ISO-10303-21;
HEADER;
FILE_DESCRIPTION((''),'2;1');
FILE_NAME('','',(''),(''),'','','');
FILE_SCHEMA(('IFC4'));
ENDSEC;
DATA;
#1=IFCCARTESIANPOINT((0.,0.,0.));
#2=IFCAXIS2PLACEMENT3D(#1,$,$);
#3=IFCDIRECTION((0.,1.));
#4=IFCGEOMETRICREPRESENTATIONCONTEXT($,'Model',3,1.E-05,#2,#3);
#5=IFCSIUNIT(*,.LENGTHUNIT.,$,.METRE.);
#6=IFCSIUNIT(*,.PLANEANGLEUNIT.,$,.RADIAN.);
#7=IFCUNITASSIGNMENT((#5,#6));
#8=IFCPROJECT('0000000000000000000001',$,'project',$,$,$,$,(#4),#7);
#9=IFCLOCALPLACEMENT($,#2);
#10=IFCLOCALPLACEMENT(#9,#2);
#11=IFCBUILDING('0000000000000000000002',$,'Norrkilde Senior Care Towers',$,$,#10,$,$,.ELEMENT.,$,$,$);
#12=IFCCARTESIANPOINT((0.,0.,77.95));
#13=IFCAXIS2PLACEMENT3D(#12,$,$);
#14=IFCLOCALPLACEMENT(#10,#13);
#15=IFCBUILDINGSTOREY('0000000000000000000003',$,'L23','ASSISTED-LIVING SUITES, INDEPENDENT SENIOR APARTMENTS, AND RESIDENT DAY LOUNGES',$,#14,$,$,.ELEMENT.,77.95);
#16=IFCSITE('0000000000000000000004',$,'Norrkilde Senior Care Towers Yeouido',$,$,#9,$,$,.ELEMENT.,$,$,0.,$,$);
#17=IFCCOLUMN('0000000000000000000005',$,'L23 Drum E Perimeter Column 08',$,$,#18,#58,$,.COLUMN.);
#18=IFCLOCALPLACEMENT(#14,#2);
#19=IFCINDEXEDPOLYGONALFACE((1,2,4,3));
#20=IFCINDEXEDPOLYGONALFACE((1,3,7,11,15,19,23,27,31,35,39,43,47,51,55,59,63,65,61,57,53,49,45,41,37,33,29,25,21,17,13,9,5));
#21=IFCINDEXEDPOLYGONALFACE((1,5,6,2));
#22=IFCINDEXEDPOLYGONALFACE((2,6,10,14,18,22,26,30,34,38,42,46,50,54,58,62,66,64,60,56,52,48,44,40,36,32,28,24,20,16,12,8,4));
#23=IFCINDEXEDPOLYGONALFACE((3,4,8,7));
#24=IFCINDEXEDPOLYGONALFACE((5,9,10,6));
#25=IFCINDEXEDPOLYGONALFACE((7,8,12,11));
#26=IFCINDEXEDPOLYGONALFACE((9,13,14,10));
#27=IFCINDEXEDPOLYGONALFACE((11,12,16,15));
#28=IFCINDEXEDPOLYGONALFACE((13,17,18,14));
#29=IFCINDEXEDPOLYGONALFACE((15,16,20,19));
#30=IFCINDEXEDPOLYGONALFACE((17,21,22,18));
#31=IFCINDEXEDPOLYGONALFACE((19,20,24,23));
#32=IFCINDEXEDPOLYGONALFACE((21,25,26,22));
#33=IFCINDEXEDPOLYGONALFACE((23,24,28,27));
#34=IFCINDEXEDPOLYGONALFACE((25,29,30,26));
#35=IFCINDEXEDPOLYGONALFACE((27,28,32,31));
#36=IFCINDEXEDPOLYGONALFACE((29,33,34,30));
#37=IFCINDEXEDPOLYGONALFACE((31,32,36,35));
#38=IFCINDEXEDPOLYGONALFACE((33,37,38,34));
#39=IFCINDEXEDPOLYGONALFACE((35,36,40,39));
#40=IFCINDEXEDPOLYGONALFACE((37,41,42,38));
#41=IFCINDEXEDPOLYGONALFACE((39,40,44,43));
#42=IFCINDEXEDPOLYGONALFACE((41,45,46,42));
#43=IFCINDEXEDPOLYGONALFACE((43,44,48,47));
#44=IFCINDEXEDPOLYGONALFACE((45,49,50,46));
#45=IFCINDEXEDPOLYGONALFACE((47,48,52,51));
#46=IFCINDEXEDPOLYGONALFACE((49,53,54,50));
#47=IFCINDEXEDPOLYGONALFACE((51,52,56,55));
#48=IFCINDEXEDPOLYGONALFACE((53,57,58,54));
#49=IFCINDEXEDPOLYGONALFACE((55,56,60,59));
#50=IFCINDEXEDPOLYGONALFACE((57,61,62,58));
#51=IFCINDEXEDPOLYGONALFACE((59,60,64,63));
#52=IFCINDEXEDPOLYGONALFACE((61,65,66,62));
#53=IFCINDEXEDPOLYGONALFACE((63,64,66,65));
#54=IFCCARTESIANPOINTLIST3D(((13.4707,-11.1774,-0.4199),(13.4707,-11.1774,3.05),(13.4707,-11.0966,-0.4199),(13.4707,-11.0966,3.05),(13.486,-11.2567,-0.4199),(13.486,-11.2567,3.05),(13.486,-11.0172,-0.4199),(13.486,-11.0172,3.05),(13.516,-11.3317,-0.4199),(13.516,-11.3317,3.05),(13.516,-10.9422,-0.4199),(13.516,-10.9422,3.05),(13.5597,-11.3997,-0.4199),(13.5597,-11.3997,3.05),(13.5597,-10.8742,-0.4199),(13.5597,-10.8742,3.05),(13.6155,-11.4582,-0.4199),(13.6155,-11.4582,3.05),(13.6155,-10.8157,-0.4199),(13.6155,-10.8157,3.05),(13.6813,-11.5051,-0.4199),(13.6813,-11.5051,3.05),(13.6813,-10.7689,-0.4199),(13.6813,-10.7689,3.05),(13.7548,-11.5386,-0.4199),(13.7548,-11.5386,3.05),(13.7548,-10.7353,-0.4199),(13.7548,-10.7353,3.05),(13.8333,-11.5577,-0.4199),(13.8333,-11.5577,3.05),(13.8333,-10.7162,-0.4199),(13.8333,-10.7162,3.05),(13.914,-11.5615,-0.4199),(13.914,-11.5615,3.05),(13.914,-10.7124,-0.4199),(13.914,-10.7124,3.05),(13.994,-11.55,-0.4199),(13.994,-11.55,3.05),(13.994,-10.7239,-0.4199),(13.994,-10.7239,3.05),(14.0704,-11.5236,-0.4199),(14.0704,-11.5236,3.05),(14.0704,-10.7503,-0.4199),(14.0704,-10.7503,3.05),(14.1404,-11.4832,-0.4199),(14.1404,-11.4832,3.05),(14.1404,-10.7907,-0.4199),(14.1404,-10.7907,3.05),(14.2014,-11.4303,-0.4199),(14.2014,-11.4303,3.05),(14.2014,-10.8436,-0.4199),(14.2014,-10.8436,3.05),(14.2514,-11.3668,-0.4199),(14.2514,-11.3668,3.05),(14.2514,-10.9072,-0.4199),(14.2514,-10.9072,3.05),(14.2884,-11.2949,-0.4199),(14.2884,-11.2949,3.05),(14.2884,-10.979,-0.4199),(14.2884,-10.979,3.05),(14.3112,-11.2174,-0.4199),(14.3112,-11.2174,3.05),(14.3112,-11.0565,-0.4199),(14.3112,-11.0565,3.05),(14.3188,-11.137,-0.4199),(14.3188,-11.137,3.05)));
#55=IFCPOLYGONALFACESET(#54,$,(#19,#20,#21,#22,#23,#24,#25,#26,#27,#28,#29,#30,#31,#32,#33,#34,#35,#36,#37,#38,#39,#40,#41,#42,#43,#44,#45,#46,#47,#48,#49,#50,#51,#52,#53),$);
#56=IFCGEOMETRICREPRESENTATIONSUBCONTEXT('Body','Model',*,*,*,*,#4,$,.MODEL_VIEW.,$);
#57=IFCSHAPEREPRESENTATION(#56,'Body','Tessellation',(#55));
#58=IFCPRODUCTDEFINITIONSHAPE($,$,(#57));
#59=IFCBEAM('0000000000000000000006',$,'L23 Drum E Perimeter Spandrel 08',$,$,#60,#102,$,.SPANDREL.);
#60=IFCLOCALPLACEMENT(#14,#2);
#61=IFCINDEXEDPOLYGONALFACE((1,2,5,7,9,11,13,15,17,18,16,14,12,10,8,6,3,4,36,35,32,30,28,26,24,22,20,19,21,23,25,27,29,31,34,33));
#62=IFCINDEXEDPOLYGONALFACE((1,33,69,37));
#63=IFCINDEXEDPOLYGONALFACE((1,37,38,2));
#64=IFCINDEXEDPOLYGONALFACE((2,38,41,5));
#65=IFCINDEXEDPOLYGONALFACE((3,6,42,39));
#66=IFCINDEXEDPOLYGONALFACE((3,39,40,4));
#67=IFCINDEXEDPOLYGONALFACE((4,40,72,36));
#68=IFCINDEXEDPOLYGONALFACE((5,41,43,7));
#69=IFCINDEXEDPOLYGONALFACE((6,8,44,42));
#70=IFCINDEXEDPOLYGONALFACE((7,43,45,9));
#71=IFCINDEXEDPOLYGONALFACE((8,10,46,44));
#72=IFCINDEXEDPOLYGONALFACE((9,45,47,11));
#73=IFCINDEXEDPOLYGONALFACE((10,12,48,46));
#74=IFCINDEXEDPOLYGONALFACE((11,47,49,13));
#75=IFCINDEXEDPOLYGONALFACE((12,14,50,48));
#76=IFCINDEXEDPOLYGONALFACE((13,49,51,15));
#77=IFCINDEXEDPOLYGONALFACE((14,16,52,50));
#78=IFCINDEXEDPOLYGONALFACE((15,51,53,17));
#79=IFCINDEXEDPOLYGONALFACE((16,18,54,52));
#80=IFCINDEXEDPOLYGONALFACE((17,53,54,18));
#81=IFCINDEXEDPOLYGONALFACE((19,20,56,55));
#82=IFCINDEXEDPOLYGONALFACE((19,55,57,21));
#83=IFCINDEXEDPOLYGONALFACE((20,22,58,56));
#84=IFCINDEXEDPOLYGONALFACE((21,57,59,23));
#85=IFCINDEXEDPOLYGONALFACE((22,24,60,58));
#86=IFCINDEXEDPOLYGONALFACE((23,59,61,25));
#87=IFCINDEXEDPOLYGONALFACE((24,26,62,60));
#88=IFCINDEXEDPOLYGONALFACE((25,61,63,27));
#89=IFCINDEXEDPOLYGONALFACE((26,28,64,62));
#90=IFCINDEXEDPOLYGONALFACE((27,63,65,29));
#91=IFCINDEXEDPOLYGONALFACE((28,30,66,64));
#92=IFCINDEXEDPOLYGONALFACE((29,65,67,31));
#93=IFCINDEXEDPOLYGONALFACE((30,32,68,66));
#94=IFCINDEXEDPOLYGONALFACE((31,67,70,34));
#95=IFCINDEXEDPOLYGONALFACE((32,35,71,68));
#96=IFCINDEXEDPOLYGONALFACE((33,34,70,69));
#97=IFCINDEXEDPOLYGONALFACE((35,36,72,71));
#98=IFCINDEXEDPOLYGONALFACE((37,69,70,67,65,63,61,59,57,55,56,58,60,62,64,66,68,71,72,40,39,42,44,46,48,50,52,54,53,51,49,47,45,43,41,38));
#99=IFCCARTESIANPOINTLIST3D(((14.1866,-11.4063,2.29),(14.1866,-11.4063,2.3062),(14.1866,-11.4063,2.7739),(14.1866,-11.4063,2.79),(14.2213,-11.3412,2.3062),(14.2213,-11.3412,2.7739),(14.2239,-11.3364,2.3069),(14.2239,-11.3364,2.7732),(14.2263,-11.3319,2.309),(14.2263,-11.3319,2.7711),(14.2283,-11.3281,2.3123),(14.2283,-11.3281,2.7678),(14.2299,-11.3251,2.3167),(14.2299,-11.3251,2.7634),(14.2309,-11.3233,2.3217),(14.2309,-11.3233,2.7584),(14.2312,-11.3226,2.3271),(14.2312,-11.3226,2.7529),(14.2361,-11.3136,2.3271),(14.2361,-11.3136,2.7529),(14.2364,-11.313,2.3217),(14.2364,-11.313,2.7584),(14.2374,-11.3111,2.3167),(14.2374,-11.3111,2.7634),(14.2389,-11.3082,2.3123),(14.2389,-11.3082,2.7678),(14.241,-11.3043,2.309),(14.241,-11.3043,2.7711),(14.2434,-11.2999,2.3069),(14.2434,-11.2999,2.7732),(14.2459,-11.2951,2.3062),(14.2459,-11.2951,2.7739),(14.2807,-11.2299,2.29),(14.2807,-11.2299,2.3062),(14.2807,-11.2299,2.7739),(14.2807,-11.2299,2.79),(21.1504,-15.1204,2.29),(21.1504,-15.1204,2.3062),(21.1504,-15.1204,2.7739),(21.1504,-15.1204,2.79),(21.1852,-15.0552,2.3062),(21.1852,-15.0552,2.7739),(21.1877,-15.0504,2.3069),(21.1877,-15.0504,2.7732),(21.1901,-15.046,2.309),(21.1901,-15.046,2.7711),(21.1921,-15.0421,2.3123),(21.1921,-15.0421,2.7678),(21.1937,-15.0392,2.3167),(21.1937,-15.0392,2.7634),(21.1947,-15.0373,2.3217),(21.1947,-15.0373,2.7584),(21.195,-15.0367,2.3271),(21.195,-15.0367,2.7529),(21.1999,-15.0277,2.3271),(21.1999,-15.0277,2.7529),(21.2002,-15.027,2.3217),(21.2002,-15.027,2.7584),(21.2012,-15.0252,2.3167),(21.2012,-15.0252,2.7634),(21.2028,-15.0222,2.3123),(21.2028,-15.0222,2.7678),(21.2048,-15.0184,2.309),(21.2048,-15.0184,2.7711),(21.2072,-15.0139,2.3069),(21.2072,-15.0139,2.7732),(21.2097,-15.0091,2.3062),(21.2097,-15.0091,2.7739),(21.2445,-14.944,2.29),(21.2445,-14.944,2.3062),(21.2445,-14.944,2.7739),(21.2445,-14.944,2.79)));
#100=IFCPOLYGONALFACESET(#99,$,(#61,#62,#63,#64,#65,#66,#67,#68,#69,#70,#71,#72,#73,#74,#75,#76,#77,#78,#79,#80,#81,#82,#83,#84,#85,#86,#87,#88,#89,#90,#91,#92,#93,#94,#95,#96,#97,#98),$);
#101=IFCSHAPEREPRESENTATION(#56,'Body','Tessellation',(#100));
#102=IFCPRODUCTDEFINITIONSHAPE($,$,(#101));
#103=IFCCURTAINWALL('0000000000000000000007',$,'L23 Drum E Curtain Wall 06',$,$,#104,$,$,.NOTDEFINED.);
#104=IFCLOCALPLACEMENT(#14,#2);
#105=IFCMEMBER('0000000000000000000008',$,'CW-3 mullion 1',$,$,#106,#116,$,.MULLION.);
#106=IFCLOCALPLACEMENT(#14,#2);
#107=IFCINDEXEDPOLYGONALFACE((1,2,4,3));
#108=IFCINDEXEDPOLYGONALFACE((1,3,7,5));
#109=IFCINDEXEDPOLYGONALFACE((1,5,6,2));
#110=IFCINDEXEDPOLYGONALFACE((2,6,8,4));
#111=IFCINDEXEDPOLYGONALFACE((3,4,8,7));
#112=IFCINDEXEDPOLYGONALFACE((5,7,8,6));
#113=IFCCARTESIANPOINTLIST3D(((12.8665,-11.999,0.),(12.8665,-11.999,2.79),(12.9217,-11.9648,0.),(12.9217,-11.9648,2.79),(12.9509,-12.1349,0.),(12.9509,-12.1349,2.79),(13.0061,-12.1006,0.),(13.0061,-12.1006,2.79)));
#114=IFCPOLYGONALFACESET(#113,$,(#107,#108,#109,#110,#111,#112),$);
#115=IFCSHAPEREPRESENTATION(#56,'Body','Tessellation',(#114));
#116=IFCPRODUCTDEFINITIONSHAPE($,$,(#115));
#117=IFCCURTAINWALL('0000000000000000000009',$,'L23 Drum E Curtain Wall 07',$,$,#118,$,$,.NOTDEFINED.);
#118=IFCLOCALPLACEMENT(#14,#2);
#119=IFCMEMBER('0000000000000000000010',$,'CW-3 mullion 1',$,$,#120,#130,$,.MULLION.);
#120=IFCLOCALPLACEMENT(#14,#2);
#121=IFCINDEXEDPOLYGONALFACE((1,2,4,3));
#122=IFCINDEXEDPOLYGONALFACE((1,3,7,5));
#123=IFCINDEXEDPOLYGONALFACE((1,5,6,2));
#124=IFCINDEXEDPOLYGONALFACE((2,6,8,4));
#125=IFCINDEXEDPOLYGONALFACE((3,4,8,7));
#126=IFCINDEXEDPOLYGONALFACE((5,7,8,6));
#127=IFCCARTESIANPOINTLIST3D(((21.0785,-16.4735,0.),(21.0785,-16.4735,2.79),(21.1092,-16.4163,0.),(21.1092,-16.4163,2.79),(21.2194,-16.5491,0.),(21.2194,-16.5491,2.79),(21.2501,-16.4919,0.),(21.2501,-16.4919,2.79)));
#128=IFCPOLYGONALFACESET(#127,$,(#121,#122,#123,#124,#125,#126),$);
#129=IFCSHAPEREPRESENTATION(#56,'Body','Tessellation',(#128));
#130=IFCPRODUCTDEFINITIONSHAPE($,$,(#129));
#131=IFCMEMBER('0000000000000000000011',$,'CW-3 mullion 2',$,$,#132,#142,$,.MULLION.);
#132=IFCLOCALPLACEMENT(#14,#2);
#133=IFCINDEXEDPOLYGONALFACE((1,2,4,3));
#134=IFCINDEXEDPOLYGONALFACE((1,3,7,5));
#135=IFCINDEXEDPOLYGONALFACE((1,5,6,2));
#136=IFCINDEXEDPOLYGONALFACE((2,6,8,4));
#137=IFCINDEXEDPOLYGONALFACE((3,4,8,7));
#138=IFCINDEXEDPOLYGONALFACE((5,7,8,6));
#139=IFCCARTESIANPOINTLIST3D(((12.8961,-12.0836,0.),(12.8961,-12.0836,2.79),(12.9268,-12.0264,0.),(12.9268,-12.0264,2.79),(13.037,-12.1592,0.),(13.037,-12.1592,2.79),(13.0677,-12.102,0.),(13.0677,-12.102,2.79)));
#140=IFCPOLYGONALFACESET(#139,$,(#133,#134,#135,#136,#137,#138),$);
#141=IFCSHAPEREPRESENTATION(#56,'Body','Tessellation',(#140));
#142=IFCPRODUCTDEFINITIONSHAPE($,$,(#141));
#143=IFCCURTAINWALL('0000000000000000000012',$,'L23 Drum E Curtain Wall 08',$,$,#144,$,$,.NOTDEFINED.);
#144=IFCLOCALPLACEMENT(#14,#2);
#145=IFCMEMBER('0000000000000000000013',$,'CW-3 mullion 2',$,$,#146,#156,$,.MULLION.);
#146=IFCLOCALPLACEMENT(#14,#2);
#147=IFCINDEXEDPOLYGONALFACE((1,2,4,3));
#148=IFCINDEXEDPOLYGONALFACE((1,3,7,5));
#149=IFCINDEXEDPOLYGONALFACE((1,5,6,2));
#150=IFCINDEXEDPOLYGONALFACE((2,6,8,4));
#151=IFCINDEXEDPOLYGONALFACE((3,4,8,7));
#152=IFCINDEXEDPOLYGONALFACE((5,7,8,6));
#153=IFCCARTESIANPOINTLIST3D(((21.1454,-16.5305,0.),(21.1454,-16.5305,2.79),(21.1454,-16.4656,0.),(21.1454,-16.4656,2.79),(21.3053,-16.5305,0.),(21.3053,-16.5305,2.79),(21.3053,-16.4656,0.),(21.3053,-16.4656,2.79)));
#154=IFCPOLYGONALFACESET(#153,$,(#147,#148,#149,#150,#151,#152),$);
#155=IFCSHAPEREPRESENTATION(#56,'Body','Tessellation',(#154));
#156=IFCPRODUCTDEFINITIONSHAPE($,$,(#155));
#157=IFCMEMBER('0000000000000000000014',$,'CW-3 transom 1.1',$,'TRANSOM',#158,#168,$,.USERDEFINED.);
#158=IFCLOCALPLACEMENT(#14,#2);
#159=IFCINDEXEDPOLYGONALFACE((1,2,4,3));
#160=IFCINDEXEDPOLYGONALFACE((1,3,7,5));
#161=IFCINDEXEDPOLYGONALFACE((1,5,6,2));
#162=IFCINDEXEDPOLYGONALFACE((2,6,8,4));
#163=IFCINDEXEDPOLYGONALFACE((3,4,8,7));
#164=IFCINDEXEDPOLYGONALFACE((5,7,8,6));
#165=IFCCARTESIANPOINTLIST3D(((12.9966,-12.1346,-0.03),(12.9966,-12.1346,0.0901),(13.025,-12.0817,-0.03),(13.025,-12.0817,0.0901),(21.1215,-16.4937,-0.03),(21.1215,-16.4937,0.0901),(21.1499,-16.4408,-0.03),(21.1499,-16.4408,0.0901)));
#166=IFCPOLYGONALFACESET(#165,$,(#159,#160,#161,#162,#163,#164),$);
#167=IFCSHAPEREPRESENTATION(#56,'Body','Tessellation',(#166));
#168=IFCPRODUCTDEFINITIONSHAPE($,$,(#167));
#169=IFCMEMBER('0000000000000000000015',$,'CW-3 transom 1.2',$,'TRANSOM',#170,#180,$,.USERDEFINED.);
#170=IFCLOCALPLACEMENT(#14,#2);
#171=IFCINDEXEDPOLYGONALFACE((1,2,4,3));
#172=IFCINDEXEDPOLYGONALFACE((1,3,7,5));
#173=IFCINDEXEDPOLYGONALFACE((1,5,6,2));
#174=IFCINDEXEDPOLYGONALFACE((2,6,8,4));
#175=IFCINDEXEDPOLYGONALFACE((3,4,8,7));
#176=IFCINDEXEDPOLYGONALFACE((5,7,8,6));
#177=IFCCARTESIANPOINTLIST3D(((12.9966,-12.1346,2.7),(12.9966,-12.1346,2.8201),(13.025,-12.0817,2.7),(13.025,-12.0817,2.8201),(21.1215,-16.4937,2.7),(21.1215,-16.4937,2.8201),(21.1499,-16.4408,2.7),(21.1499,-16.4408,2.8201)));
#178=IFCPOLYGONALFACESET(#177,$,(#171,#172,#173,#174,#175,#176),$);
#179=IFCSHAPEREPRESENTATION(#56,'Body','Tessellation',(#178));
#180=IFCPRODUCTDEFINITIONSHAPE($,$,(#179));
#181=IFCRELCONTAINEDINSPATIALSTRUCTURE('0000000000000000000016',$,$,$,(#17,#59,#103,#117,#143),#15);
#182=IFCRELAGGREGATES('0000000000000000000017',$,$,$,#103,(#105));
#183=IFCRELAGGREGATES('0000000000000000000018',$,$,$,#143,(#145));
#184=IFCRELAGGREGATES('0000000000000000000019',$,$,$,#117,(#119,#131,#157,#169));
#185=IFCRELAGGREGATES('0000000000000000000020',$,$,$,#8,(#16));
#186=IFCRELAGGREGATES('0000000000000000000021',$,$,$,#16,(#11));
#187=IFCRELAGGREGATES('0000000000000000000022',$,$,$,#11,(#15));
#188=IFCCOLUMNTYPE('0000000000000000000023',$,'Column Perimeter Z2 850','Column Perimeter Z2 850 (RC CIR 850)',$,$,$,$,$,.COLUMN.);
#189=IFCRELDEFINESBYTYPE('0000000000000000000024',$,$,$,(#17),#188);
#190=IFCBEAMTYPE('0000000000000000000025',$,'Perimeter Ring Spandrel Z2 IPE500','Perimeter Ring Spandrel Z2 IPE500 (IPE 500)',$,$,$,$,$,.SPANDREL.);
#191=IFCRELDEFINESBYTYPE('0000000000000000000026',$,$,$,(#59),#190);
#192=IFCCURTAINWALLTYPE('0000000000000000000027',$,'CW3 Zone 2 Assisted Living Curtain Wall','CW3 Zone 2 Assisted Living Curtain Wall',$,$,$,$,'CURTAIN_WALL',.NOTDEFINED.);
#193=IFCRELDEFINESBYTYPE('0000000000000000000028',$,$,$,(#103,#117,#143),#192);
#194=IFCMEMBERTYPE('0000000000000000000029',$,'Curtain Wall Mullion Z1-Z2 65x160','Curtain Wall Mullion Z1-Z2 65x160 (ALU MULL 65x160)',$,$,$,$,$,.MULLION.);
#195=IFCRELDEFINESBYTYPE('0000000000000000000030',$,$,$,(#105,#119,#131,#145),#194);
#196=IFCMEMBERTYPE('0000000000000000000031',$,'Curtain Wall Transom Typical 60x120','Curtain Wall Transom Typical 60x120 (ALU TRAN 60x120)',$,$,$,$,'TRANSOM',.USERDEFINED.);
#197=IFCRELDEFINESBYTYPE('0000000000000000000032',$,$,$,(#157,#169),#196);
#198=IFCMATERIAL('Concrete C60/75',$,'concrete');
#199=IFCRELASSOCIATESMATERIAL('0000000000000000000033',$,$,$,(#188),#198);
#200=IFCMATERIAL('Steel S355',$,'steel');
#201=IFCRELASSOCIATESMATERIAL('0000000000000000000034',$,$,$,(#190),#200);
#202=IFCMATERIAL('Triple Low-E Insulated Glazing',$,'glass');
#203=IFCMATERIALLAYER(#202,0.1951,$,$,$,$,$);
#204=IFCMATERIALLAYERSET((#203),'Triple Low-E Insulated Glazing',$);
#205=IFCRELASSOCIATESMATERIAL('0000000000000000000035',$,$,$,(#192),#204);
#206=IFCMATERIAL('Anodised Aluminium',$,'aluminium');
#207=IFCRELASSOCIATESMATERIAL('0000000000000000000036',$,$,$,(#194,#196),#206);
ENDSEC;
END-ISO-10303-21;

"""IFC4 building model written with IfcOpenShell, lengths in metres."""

from ifc_helpers import new_model, si_unit, direction, frame, origin, origin_2d, place, context, subcontext, project, spatial, rectangle, circle, i_section, extrude, source, transform, mapped, material, layer, layer_set, material_profile, profile_set, type_object, type_shapes, element, aggregate, save


model = new_model("IFC4")

# Units and contexts
model_context = context("Model", 3, precision=1e-05, world=origin(), true_north=direction((0.0, 1.0)))
body_context = subcontext(model_context, "Body", "Model", "MODEL_VIEW")
ifc_project = project(units=[si_unit("LENGTHUNIT", "METRE"), si_unit("PLANEANGLEUNIT", "RADIAN")], contexts=[model_context])

# Site, building, storey
site_placement = place(None, origin())
site = spatial("IfcSite", under=ifc_project, at=site_placement, Name="Norrkilde Senior Care Towers Yeouido", CompositionType="ELEMENT", RefElevation=0.0)
building_placement = place(site_placement, origin())
building = spatial("IfcBuilding", under=site, at=building_placement, Name="Norrkilde Senior Care Towers", CompositionType="ELEMENT")
storey_placement = place(building_placement, frame((0.0, 0.0, 77.95)))
storey = spatial("IfcBuildingStorey", under=building, at=storey_placement, Name="L23", Description="ASSISTED-LIVING SUITES, INDEPENDENT SENIOR APARTMENTS, AND RESIDENT DAY LOUNGES", CompositionType="ELEMENT", Elevation=77.95)

# Column
ifc_material_1 = material(Name="Concrete C60/75", Category="concrete")
ifc_material_profile_1 = material_profile(ifc_material_1, circle(Radius=0.425, at=origin_2d()), Name="RC CIR 850")
ifc_profile_set_1 = profile_set([ifc_material_profile_1], Name="Concrete C60/75")
column_type = type_object("IfcColumnType", Name="Column Perimeter Z2 850", Description="Column Perimeter Z2 850 (RC CIR 850)", PredefinedType="COLUMN", material=ifc_profile_set_1)
shared_shape_1 = source(origin(), body_context, "Body", "SweptSolid", [
    extrude(circle(Radius=0.425, at=origin_2d()), origin(), (0.0, 0.0, 1.0), 3.47),
])
type_shapes(column_type, [shared_shape_1])
column_placement = place(storey_placement, frame((13.8938, -11.137, -0.4199), z_axis=(0.0, 0.0, 1.0), x_axis=(1.0, 0.0, 0.0)))
element("IfcColumn", 1, at=column_placement, inside=storey, type_object=column_type, Name="L23 Drum E Perimeter Column 08", PredefinedType="COLUMN", context=body_context, shape_type="MappedRepresentation", body=[
    mapped(shared_shape_1, transform((0.0, 0.0, 0.0), x_axis=(1.0, 0.0, 0.0), y_axis=(0.0, 1.0, 0.0), z_axis=(0.0, 0.0, 1.0), scale=1.0)),
])

# Beam
ifc_material_2 = material(Name="Steel S355", Category="steel")
ifc_material_profile_2 = material_profile(ifc_material_2, i_section(OverallWidth=0.2, OverallDepth=0.5, WebThickness=0.0103, FlangeThickness=0.0161, FilletRadius=0.021, at=origin_2d()), Name="IPE 500")
ifc_profile_set_2 = profile_set([ifc_material_profile_2], Name="Steel S355")
beam_type = type_object("IfcBeamType", Name="Perimeter Ring Spandrel Z2 IPE500", Description="Perimeter Ring Spandrel Z2 IPE500 (IPE 500)", PredefinedType="SPANDREL", material=ifc_profile_set_2)
shared_shape_2 = source(origin(), body_context, "Body", "SweptSolid", [
    extrude(i_section(OverallWidth=0.2, OverallDepth=0.5, WebThickness=0.0103, FlangeThickness=0.0161, FilletRadius=0.021, at=origin_2d()), origin(), (0.0, 0.0, 1.0), 7.8923),
])
type_shapes(beam_type, [shared_shape_2])
beam_placement = place(storey_placement, frame((14.2336, -11.3181, 2.54), z_axis=(0.88235, -0.470593, 0.0), x_axis=(0.470593, 0.88235, 0.0)))
element("IfcBeam", 2, at=beam_placement, inside=storey, type_object=beam_type, Name="L23 Drum E Perimeter Spandrel 08", PredefinedType="SPANDREL", context=body_context, shape_type="MappedRepresentation", body=[
    mapped(shared_shape_2, transform((0.0, 0.0, 0.0), x_axis=(1.0, 0.0, 0.0), y_axis=(0.0, 1.0, 0.0), z_axis=(0.0, 0.0, 1.0), scale=1.0)),
])

# Curtain wall, member
ifc_material_3 = material(Name="Triple Low-E Insulated Glazing", Category="glass")
ifc_layer_1 = layer(ifc_material_3, 0.1951)
ifc_layer_set_1 = layer_set([ifc_layer_1], Name="Triple Low-E Insulated Glazing")
curtain_wall_type = type_object("IfcCurtainWallType", Name="CW3 Zone 2 Assisted Living Curtain Wall", Description="CW3 Zone 2 Assisted Living Curtain Wall", ElementType="CURTAIN_WALL", PredefinedType="NOTDEFINED", material=ifc_layer_set_1)
curtain_wall_1_placement = place(storey_placement, origin())
curtain_wall_1 = element("IfcCurtainWall", 3, at=curtain_wall_1_placement, inside=storey, type_object=curtain_wall_type, Name="L23 Drum E Curtain Wall 06", PredefinedType="NOTDEFINED")
ifc_material_4 = material(Name="Anodised Aluminium", Category="aluminium")
ifc_material_profile_3 = material_profile(ifc_material_4, rectangle(XDim=0.0649, YDim=0.1599, at=origin_2d()), Name="ALU MULL 65x160")
ifc_profile_set_3 = profile_set([ifc_material_profile_3], Name="Anodised Aluminium")
member_type_1 = type_object("IfcMemberType", Name="Curtain Wall Mullion Z1-Z2 65x160", Description="Curtain Wall Mullion Z1-Z2 65x160 (ALU MULL 65x160)", PredefinedType="MULLION", material=ifc_profile_set_3)
shared_shape_3 = source(origin(), body_context, "Body", "SweptSolid", [
    extrude(rectangle(XDim=0.0649, YDim=0.1599, at=origin_2d()), origin(), (0.0, 0.0, 1.0), 2.79),
])
type_shapes(member_type_1, [shared_shape_3])
member_1_placement = place(storey_placement, frame((12.9363, -12.0498, 0.0), z_axis=(0.0, 0.0, 1.0), x_axis=(-0.84941, -0.527733, 0.0)))
member_1 = element("IfcMember", 4, at=member_1_placement, type_object=member_type_1, Name="CW-3 mullion 1", PredefinedType="MULLION", context=body_context, shape_type="MappedRepresentation", body=[
    mapped(shared_shape_3, transform((0.0, 0.0, 0.0), x_axis=(1.0, 0.0, 0.0), y_axis=(0.0, 1.0, 0.0), z_axis=(0.0, 0.0, 1.0), scale=1.0)),
])
aggregate(curtain_wall_1, [member_1])

# Curtain wall, members
curtain_wall_2_placement = place(storey_placement, origin())
curtain_wall_2 = element("IfcCurtainWall", 5, at=curtain_wall_2_placement, inside=storey, type_object=curtain_wall_type, Name="L23 Drum E Curtain Wall 07", PredefinedType="NOTDEFINED")
member_2_placement = place(storey_placement, frame((21.1643, -16.4827, 0.0), z_axis=(0.0, 0.0, 1.0), x_axis=(-0.472769, -0.881186, 0.0)))
member_2 = element("IfcMember", 6, at=member_2_placement, type_object=member_type_1, Name="CW-3 mullion 1", PredefinedType="MULLION", context=body_context, shape_type="MappedRepresentation", body=[
    mapped(shared_shape_3, transform((0.0, 0.0, 0.0), x_axis=(1.0, 0.0, 0.0), y_axis=(0.0, 1.0, 0.0), z_axis=(0.0, 0.0, 1.0), scale=1.0)),
])
member_3_placement = place(storey_placement, frame((12.9819, -12.0928, 0.0), z_axis=(0.0, 0.0, 1.0), x_axis=(-0.472769, -0.881186, 0.0)))
member_3 = element("IfcMember", 7, at=member_3_placement, type_object=member_type_1, Name="CW-3 mullion 2", PredefinedType="MULLION", context=body_context, shape_type="MappedRepresentation", body=[
    mapped(shared_shape_3, transform((0.0, 0.0, 0.0), x_axis=(1.0, 0.0, 0.0), y_axis=(0.0, 1.0, 0.0), z_axis=(0.0, 0.0, 1.0), scale=1.0)),
])

# Curtain wall, member
curtain_wall_3_placement = place(storey_placement, origin())
curtain_wall_3 = element("IfcCurtainWall", 8, at=curtain_wall_3_placement, inside=storey, type_object=curtain_wall_type, Name="L23 Drum E Curtain Wall 08", PredefinedType="NOTDEFINED")
member_4_placement = place(storey_placement, frame((21.2253, -16.498, 0.0), z_axis=(0.0, 0.0, 1.0), x_axis=(0.0, -1.0, 0.0)))
member_4 = element("IfcMember", 9, at=member_4_placement, type_object=member_type_1, Name="CW-3 mullion 2", PredefinedType="MULLION", context=body_context, shape_type="MappedRepresentation", body=[
    mapped(shared_shape_3, transform((0.0, 0.0, 0.0), x_axis=(1.0, 0.0, 0.0), y_axis=(0.0, 1.0, 0.0), z_axis=(0.0, 0.0, 1.0), scale=1.0)),
])
aggregate(curtain_wall_3, [member_4])

# Members
ifc_material_profile_4 = material_profile(ifc_material_4, rectangle(XDim=0.0601, YDim=0.1201, at=origin_2d()), Name="ALU TRAN 60x120")
ifc_profile_set_4 = profile_set([ifc_material_profile_4], Name="Anodised Aluminium")
member_type_2 = type_object("IfcMemberType", Name="Curtain Wall Transom Typical 60x120", Description="Curtain Wall Transom Typical 60x120 (ALU TRAN 60x120)", ElementType="TRANSOM", PredefinedType="USERDEFINED", material=ifc_profile_set_4)
shared_shape_4 = source(origin(), body_context, "Body", "SweptSolid", [
    extrude(rectangle(XDim=0.0601, YDim=0.1201, at=origin_2d()), origin(), (0.0, 0.0, 1.0), 9.2205),
])
type_shapes(member_type_2, [shared_shape_4])
member_5_placement = place(storey_placement, frame((21.1357, -16.4673, 0.03), z_axis=(-0.881189, 0.472765, 0.0), x_axis=(-0.472765, -0.881189, 0.0)))
member_5 = element("IfcMember", 10, at=member_5_placement, type_object=member_type_2, Name="CW-3 transom 1.1", ObjectType="TRANSOM", PredefinedType="USERDEFINED", context=body_context, shape_type="MappedRepresentation", body=[
    mapped(shared_shape_4, transform((0.0, 0.0, 0.0), x_axis=(1.0, 0.0, 0.0), y_axis=(0.0, 1.0, 0.0), z_axis=(0.0, 0.0, 1.0), scale=1.0)),
])
member_6_placement = place(storey_placement, frame((21.1357, -16.4673, 2.76), z_axis=(-0.881189, 0.472765, 0.0), x_axis=(-0.472765, -0.881189, 0.0)))
member_6 = element("IfcMember", 11, at=member_6_placement, type_object=member_type_2, Name="CW-3 transom 1.2", ObjectType="TRANSOM", PredefinedType="USERDEFINED", context=body_context, shape_type="MappedRepresentation", body=[
    mapped(shared_shape_4, transform((0.0, 0.0, 0.0), x_axis=(1.0, 0.0, 0.0), y_axis=(0.0, 1.0, 0.0), z_axis=(0.0, 0.0, 1.0), scale=1.0)),
])

aggregate(curtain_wall_2, [member_2, member_3, member_5, member_6])

save(model, "model.ifc")
